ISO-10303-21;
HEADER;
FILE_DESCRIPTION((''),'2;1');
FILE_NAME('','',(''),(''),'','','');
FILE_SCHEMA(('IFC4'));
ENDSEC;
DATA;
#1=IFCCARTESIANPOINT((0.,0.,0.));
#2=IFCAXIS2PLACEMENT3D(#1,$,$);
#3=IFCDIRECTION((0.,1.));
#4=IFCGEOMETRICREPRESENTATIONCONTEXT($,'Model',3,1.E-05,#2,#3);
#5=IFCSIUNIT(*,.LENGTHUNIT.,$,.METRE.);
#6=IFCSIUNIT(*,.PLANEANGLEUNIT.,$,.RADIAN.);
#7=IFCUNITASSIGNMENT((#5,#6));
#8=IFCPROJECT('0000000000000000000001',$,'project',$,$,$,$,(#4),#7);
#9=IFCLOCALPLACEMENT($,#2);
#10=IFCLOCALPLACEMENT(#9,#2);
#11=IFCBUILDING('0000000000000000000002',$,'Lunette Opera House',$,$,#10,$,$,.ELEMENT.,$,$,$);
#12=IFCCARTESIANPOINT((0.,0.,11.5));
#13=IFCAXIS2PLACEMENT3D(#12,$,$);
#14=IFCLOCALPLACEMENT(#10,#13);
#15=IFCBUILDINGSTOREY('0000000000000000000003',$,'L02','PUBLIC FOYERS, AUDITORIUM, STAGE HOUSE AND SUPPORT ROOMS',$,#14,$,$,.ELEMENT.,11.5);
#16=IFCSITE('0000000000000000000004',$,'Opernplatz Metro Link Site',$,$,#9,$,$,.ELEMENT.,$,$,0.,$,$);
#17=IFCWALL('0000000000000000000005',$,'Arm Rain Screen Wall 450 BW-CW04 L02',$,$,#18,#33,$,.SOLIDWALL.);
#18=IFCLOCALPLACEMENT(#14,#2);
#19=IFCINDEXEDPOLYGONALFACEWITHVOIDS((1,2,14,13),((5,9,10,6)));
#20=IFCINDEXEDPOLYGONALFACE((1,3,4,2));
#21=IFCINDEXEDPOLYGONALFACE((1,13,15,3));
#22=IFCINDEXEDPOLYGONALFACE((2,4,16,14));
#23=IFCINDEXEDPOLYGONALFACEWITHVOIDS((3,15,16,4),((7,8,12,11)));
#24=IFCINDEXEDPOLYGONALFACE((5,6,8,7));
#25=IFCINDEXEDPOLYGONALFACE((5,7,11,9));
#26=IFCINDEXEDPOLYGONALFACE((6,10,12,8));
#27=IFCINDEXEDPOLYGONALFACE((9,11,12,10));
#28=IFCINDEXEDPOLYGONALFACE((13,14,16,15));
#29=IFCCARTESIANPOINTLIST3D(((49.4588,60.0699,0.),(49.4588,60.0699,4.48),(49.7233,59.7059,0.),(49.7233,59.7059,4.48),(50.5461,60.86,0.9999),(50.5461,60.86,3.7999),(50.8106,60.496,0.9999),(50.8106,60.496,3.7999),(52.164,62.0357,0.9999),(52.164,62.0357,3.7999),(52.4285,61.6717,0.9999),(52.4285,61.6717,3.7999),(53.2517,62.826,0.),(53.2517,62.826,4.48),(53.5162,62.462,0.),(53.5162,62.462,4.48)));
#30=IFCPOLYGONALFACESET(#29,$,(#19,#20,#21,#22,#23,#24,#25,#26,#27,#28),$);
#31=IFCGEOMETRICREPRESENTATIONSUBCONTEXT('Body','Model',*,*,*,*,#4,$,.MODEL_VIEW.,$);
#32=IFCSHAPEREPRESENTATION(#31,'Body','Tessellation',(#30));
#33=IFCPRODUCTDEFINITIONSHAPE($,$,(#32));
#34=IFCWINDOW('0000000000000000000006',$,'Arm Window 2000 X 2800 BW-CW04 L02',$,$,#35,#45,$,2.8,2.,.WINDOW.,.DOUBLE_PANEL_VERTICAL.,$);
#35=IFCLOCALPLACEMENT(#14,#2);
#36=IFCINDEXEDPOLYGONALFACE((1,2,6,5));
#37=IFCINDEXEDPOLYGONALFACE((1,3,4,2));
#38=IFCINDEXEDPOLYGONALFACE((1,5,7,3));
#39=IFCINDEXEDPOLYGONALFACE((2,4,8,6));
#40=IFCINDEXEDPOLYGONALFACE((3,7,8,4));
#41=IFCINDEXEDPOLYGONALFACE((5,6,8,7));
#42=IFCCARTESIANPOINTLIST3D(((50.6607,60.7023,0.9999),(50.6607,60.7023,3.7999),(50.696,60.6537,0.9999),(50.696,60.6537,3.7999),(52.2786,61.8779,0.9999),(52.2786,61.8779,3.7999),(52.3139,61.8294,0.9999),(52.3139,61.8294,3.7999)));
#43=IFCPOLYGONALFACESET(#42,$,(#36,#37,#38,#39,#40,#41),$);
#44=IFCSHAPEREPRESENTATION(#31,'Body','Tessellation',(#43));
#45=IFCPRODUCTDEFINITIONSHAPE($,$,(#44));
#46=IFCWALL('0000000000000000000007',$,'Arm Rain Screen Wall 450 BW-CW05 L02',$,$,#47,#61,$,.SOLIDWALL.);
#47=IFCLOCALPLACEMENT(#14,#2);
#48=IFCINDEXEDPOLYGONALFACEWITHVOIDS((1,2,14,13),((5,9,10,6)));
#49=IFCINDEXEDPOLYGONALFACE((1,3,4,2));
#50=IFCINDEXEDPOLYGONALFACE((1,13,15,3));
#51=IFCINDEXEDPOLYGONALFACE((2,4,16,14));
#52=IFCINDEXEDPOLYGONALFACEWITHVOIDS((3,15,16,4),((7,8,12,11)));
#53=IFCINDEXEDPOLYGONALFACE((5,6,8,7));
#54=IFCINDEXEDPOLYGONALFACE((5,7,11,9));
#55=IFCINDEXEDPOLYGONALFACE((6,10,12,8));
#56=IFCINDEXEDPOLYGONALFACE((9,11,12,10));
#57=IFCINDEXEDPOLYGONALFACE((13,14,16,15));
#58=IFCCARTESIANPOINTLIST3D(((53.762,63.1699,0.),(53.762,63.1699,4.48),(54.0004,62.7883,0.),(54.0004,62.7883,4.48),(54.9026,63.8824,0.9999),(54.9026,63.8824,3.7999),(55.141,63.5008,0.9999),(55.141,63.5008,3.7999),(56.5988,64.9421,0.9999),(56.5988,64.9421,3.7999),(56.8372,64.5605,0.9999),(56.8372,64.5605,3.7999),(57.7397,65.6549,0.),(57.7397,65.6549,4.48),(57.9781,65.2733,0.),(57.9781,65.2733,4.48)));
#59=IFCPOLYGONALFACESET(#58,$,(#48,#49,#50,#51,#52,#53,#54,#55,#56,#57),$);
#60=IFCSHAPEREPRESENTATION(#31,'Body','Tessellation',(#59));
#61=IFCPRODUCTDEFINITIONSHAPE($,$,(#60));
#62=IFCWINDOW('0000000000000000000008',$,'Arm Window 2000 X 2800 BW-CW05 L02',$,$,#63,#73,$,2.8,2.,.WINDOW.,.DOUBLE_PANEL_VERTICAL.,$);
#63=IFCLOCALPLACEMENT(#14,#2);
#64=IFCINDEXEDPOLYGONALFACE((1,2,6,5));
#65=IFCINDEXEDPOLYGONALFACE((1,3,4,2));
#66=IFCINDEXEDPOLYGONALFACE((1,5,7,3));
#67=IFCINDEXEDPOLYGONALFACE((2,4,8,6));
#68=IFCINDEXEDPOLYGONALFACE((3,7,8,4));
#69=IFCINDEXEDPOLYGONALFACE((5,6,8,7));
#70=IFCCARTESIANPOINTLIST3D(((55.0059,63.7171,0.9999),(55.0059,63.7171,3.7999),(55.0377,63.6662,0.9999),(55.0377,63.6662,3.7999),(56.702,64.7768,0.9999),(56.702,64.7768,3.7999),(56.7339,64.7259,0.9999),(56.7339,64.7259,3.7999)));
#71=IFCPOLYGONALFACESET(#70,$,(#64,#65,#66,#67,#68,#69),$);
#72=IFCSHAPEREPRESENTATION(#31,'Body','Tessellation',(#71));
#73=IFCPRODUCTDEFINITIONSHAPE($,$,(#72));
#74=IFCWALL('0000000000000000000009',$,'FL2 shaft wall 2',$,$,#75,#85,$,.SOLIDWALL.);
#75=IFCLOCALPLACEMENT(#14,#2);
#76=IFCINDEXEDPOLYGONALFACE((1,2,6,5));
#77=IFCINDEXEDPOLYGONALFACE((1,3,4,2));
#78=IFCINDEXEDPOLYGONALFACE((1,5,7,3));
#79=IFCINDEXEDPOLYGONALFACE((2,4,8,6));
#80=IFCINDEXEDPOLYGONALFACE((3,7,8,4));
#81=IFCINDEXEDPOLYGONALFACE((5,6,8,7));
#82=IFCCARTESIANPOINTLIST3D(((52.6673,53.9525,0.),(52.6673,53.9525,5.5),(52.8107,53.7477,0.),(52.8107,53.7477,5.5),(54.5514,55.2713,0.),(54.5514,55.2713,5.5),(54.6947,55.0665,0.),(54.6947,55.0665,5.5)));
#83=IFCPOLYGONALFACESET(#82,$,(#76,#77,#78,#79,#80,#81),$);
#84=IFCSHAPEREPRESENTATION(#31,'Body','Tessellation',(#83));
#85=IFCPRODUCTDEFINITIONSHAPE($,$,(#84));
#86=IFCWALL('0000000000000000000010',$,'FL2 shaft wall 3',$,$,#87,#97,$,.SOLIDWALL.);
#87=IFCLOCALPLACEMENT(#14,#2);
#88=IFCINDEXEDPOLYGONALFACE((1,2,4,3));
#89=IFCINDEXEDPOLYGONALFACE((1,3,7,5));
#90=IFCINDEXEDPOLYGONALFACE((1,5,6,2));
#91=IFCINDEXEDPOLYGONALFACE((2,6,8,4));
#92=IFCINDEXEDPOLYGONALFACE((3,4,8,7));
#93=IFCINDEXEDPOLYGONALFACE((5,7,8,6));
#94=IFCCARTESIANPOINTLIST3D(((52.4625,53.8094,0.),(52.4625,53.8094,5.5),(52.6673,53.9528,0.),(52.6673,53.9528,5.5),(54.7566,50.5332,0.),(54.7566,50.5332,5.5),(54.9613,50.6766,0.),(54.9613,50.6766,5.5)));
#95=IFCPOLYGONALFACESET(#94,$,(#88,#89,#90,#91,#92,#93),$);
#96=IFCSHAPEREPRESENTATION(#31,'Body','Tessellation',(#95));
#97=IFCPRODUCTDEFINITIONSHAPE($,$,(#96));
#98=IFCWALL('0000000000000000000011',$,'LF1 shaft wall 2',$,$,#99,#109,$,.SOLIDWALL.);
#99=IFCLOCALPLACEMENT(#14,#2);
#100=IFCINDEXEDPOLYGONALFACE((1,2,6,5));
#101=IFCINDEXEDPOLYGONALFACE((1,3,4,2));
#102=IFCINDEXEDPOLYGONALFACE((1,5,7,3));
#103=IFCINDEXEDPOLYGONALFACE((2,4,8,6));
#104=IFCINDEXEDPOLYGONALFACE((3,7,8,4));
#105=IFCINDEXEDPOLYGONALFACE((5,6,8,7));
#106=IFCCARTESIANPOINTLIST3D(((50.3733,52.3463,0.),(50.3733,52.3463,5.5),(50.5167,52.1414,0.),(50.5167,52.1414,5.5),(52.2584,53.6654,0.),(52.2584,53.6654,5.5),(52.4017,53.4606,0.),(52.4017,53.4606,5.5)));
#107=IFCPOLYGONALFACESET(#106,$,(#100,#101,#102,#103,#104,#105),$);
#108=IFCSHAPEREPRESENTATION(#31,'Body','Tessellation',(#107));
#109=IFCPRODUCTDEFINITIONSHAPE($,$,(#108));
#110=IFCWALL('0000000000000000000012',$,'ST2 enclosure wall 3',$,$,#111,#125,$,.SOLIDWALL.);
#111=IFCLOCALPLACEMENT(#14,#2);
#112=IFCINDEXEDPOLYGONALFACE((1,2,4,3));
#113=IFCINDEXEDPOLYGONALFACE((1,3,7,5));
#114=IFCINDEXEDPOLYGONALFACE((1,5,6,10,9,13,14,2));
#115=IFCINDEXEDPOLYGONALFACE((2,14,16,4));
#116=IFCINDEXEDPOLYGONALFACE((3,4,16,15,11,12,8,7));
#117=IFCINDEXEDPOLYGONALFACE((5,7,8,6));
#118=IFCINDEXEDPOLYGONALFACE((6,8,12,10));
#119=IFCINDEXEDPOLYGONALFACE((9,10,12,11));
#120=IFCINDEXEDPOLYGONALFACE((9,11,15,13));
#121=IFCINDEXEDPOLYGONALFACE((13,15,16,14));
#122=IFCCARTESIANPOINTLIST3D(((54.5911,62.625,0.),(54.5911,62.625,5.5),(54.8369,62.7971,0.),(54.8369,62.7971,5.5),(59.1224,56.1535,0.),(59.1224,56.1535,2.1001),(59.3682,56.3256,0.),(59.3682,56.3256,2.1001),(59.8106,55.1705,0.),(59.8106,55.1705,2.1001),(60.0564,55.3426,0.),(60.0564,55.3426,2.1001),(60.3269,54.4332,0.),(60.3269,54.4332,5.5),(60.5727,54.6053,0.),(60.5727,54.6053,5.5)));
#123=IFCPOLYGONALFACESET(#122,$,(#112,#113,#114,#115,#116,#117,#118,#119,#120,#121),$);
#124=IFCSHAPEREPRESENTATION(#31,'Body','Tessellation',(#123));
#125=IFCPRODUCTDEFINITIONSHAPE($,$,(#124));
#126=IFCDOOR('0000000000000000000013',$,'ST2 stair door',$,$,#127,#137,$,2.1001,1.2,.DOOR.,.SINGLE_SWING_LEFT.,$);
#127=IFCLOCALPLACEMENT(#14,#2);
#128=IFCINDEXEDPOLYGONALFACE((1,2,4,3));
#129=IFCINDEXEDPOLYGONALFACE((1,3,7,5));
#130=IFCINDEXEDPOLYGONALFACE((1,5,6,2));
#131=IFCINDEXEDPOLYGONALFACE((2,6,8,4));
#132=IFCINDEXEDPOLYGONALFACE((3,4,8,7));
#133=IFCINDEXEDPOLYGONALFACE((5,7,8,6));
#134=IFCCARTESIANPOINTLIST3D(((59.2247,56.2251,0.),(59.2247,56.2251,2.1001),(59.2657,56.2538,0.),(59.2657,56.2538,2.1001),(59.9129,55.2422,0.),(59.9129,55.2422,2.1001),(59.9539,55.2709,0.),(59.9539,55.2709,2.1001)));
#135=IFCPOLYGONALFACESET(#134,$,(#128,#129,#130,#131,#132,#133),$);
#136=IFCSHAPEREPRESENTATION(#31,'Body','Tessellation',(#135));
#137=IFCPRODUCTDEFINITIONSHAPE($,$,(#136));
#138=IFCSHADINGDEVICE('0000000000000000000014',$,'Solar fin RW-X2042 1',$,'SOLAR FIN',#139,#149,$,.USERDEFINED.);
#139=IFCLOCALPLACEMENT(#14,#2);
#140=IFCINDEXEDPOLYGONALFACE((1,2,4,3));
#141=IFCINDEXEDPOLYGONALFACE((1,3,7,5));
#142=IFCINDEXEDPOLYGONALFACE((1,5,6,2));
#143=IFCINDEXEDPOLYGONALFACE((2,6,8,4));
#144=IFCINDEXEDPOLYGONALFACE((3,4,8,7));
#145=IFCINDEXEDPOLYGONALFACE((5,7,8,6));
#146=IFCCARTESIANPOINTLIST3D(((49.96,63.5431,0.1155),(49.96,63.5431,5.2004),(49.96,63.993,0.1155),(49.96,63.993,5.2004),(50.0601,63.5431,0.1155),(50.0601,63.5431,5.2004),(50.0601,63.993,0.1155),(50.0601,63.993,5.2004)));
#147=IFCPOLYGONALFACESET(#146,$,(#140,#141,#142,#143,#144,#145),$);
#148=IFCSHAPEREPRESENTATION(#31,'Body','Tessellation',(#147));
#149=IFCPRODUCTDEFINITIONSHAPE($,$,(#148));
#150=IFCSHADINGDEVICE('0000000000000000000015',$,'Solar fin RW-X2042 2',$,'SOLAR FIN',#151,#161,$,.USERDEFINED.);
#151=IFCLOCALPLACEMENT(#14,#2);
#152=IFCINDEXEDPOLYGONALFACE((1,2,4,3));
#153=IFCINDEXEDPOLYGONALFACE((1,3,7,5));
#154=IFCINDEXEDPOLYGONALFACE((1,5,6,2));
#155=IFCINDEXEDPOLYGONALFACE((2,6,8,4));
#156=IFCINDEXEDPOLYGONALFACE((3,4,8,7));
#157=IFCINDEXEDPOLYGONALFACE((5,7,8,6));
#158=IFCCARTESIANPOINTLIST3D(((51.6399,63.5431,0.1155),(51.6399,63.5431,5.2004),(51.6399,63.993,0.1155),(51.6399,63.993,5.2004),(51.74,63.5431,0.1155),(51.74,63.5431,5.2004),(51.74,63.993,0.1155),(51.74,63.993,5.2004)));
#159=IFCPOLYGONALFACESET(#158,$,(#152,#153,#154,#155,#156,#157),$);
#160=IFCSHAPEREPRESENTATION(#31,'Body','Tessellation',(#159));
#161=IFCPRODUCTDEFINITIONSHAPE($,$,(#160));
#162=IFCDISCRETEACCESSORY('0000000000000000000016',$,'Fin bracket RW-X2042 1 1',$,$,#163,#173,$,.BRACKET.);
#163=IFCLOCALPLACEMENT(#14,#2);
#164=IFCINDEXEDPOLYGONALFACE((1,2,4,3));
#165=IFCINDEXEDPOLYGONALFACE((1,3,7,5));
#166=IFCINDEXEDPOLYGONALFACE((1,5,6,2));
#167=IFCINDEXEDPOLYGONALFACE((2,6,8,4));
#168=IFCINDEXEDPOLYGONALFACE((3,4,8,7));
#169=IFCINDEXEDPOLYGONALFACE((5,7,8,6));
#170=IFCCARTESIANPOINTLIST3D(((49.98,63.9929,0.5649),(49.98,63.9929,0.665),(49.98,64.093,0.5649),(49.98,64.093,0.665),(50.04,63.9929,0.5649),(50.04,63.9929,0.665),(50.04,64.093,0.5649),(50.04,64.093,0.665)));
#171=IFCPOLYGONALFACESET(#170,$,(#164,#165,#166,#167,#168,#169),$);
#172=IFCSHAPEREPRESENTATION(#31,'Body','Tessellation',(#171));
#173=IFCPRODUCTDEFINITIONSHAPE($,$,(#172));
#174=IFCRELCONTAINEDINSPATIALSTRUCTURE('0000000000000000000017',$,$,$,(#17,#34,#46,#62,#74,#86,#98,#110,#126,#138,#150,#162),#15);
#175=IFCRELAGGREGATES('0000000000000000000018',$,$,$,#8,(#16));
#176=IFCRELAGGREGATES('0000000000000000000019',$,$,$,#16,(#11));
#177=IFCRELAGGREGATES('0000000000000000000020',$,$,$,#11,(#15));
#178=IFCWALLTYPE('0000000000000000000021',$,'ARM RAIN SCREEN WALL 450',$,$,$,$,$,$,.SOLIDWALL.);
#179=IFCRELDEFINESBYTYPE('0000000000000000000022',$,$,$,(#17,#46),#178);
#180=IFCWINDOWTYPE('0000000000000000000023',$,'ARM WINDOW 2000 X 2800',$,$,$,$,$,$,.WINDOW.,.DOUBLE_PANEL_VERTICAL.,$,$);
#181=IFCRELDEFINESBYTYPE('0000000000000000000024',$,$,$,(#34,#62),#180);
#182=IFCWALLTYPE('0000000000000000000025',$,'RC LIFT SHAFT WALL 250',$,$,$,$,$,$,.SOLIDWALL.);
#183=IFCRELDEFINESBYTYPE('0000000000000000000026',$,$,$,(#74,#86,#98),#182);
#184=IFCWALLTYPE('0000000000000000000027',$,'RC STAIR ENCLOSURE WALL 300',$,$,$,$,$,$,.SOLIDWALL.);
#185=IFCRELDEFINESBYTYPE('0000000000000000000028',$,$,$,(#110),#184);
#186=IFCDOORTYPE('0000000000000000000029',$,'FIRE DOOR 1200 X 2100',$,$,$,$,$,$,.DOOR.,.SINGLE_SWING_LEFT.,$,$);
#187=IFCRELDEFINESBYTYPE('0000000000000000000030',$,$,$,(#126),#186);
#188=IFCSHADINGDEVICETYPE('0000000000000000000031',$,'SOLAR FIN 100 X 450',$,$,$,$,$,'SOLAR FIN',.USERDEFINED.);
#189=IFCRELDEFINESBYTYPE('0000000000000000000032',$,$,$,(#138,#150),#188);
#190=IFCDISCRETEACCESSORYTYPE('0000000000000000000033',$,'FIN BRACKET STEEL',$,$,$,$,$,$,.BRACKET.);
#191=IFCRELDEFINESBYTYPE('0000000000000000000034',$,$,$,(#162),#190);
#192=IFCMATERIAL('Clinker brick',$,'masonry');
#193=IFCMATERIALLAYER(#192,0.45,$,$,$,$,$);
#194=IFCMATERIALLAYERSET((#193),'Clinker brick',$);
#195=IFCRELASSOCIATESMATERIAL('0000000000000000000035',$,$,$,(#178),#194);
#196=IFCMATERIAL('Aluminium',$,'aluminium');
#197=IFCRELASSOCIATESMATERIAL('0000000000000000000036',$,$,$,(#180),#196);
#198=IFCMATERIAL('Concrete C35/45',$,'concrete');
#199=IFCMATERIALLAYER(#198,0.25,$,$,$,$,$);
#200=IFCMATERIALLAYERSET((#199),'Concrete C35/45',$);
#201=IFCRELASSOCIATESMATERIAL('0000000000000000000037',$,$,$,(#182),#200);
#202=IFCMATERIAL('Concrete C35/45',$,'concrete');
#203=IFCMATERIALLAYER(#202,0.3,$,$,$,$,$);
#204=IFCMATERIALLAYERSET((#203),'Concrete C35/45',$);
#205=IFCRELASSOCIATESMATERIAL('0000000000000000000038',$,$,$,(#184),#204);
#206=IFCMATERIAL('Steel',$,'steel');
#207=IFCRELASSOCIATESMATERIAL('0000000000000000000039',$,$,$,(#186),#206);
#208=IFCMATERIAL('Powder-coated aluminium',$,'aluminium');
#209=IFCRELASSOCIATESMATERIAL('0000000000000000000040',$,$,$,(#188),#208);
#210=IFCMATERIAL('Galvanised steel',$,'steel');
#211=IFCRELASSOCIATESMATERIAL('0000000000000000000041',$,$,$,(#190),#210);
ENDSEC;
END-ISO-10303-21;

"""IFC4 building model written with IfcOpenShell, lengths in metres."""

from ifc_helpers import new_model, si_unit, direction, frame, frame_2d, origin, origin_2d, place, context, subcontext, project, spatial, rectangle, extrude, material, layer, layer_set, type_object, element, fill, save


model = new_model("IFC4")

# Units and contexts
model_context = context("Model", 3, precision=1e-05, world=origin(), true_north=direction((0.0, 1.0)))
body_context = subcontext(model_context, "Body", "Model", "MODEL_VIEW")
ifc_project = project(units=[si_unit("LENGTHUNIT", "METRE"), si_unit("PLANEANGLEUNIT", "RADIAN")], contexts=[model_context])

# Site, building, storey
site_placement = place(None, origin())
site = spatial("IfcSite", under=ifc_project, at=site_placement, Name="Opernplatz Metro Link Site", CompositionType="ELEMENT", RefElevation=0.0)
building_placement = place(site_placement, origin())
building = spatial("IfcBuilding", under=site, at=building_placement, Name="Lunette Opera House", CompositionType="ELEMENT")
storey_placement = place(building_placement, frame((0.0, 0.0, 11.5)))
storey = spatial("IfcBuildingStorey", under=building, at=storey_placement, Name="L02", Description="PUBLIC FOYERS, AUDITORIUM, STAGE HOUSE AND SUPPORT ROOMS", CompositionType="ELEMENT", Elevation=11.5)

# Walls, openings, windows
ifc_material_1 = material(Name="Clinker brick", Category="masonry")
ifc_layer_1 = layer(ifc_material_1, 0.45)
ifc_layer_set_1 = layer_set([ifc_layer_1], Name="Clinker brick")
wall_type_1 = type_object("IfcWallType", Name="ARM RAIN SCREEN WALL 450", PredefinedType="SOLIDWALL", material=ifc_layer_set_1)
ifc_material_2 = material(Name="Aluminium", Category="aluminium")
window_type = type_object("IfcWindowType", Name="ARM WINDOW 2000 X 2800", PartitioningType="DOUBLE_PANEL_VERTICAL", PredefinedType="WINDOW", material=ifc_material_2)
wall_1_placement = place(storey_placement, frame((49.5911, 59.8879, 0.0), z_axis=(0.0, 0.0, 1.0), x_axis=(0.808981, 0.587834, 0.0)))
wall_1 = element("IfcWall", 1, at=wall_1_placement, inside=storey, type_object=wall_type_1, Name="Arm Rain Screen Wall 450 BW-CW04 L02", PredefinedType="SOLIDWALL", context=body_context, shape_type="SweptSolid", body=[
    extrude(rectangle(XDim=4.6885, YDim=0.45, at=frame_2d((2.3442, 0.0))), origin(), (0.0, 0.0, 1.0), 4.48),
])
opening_1_placement = place(wall_1_placement, frame((1.344, 0.0, 1.0)))
opening_1 = element("IfcOpeningElement", 2, at=opening_1_placement, cuts=wall_1, PredefinedType="OPENING", context=body_context, shape_type="SweptSolid", body=[
    extrude(rectangle(XDim=2.0, YDim=2.8, at=frame_2d((1.0, 1.3999))), frame((0.0, 0.2371, 0.0), z_axis=(0.0, -1.0, 0.0), x_axis=(1.0, 0.0, 0.0)), (0.0, 0.0, 1.0), 0.4739),
])
window_1_placement = place(opening_1_placement, origin())
window_1 = element("IfcWindow", 3, at=window_1_placement, inside=storey, type_object=window_type, Name="Arm Window 2000 X 2800 BW-CW04 L02", OverallHeight=2.8, OverallWidth=2.0, PartitioningType="DOUBLE_PANEL_VERTICAL", PredefinedType="WINDOW", context=body_context, shape_type="SweptSolid", body=[
    extrude(rectangle(XDim=2.0, YDim=2.8, at=frame_2d((1.0, 1.3999))), frame((0.0, 0.03, 0.0), z_axis=(0.0, -1.0, 0.0), x_axis=(1.0, 0.0, 0.0)), (0.0, 0.0, 1.0), 0.0601),
])
fill(opening_1, window_1)
wall_2_placement = place(storey_placement, frame((53.8811, 62.979, 0.0), z_axis=(0.0, 0.0, 1.0), x_axis=(0.848095, 0.529845, 0.0)))
wall_2 = element("IfcWall", 4, at=wall_2_placement, inside=storey, type_object=wall_type_1, Name="Arm Rain Screen Wall 450 BW-CW05 L02", PredefinedType="SOLIDWALL", context=body_context, shape_type="SweptSolid", body=[
    extrude(rectangle(XDim=4.6902, YDim=0.45, at=frame_2d((2.3452, 0.0))), origin(), (0.0, 0.0, 1.0), 4.48),
])
opening_2_placement = place(wall_2_placement, frame((1.345, 0.0, 1.0)))
opening_2 = element("IfcOpeningElement", 5, at=opening_2_placement, cuts=wall_2, PredefinedType="OPENING", context=body_context, shape_type="SweptSolid", body=[
    extrude(rectangle(XDim=2.0, YDim=2.8, at=frame_2d((1.0, 1.3999))), frame((0.0, 0.2371, 0.0), z_axis=(0.0, -1.0, 0.0), x_axis=(1.0, 0.0, 0.0)), (0.0, 0.0, 1.0), 0.4739),
])
window_2_placement = place(opening_2_placement, origin())
window_2 = element("IfcWindow", 6, at=window_2_placement, inside=storey, type_object=window_type, Name="Arm Window 2000 X 2800 BW-CW05 L02", OverallHeight=2.8, OverallWidth=2.0, PartitioningType="DOUBLE_PANEL_VERTICAL", PredefinedType="WINDOW", context=body_context, shape_type="SweptSolid", body=[
    extrude(rectangle(XDim=2.0, YDim=2.8, at=frame_2d((1.0, 1.3999))), frame((0.0, 0.03, 0.0), z_axis=(0.0, -1.0, 0.0), x_axis=(1.0, 0.0, 0.0)), (0.0, 0.0, 1.0), 0.0601),
])
fill(opening_2, window_2)

# Walls
ifc_material_3 = material(Name="Concrete C35/45", Category="concrete")
ifc_layer_2 = layer(ifc_material_3, 0.25)
ifc_layer_set_2 = layer_set([ifc_layer_2], Name="Concrete C35/45")
wall_type_2 = type_object("IfcWallType", Name="RC LIFT SHAFT WALL 250", PredefinedType="SOLIDWALL", material=ifc_layer_set_2)
wall_3_placement = place(storey_placement, frame((54.623, 55.1689, 0.0), z_axis=(0.0, 0.0, 1.0), x_axis=(-0.819227, -0.573469, 0.0)))
element("IfcWall", 7, at=wall_3_placement, inside=storey, type_object=wall_type_2, Name="FL2 shaft wall 2", PredefinedType="SOLIDWALL", context=body_context, shape_type="SweptSolid", body=[
    extrude(rectangle(XDim=2.2998, YDim=0.25, at=frame_2d((1.1499, 0.0))), origin(), (0.0, 0.0, 1.0), 5.5),
])
wall_4_placement = place(storey_placement, frame((52.5649, 53.8811, 0.0), z_axis=(0.0, 0.0, 1.0), x_axis=(0.573573, -0.819154, 0.0)))
element("IfcWall", 8, at=wall_4_placement, inside=storey, type_object=wall_type_2, Name="FL2 shaft wall 3", PredefinedType="SOLIDWALL", context=body_context, shape_type="SweptSolid", body=[
    extrude(rectangle(XDim=3.9995, YDim=0.25, at=frame_2d((1.9998, 0.0))), origin(), (0.0, 0.0, 1.0), 5.5),
])
wall_5_placement = place(storey_placement, frame((52.3301, 53.563, 0.0), z_axis=(0.0, 0.0, 1.0), x_axis=(-0.819317, -0.573341, 0.0)))
element("IfcWall", 9, at=wall_5_placement, inside=storey, type_object=wall_type_2, Name="LF1 shaft wall 2", PredefinedType="SOLIDWALL", context=body_context, shape_type="SweptSolid", body=[
    extrude(rectangle(XDim=2.3008, YDim=0.25, at=frame_2d((1.1504, 0.0))), origin(), (0.0, 0.0, 1.0), 5.5),
])

# Wall, opening, door
ifc_material_4 = material(Name="Concrete C35/45", Category="concrete")
ifc_layer_3 = layer(ifc_material_4, 0.3)
ifc_layer_set_3 = layer_set([ifc_layer_3], Name="Concrete C35/45")
wall_type_3 = type_object("IfcWallType", Name="RC STAIR ENCLOSURE WALL 300", PredefinedType="SOLIDWALL", material=ifc_layer_set_3)
wall_6_placement = place(storey_placement, frame((54.7141, 62.7109, 0.0), z_axis=(0.0, 0.0, 1.0), x_axis=(0.573564, -0.819161, 0.0)))
wall_6 = element("IfcWall", 10, at=wall_6_placement, inside=storey, type_object=wall_type_3, Name="ST2 enclosure wall 3", PredefinedType="SOLIDWALL", context=body_context, shape_type="SweptSolid", body=[
    extrude(rectangle(XDim=10.0002, YDim=0.3, at=frame_2d((5.0, 0.0))), origin(), (0.0, 0.0, 1.0), 5.5),
])
opening_3_placement = place(wall_6_placement, frame((7.8999, 0.0, 0.0)))
opening_3 = element("IfcOpeningElement", 11, at=opening_3_placement, cuts=wall_6, PredefinedType="OPENING", context=body_context, shape_type="SweptSolid", body=[
    extrude(rectangle(XDim=1.2, YDim=2.1001, at=frame_2d((0.6001, 1.05))), frame((0.0, 0.1621, 0.0), z_axis=(0.0, -1.0, 0.0), x_axis=(1.0, 0.0, 0.0)), (0.0, 0.0, 1.0), 0.324),
])
ifc_material_5 = material(Name="Steel", Category="steel")
door_type = type_object("IfcDoorType", Name="FIRE DOOR 1200 X 2100", OperationType="SINGLE_SWING_LEFT", PredefinedType="DOOR", material=ifc_material_5)
door_placement = place(opening_3_placement, origin())
door = element("IfcDoor", 12, at=door_placement, inside=storey, type_object=door_type, Name="ST2 stair door", OperationType="SINGLE_SWING_LEFT", OverallHeight=2.1001, OverallWidth=1.2, PredefinedType="DOOR", context=body_context, shape_type="SweptSolid", body=[
    extrude(rectangle(XDim=1.2, YDim=2.1001, at=frame_2d((0.6001, 1.05))), frame((0.0, 0.0249, 0.0), z_axis=(0.0, -1.0, 0.0), x_axis=(1.0, 0.0, 0.0)), (0.0, 0.0, 1.0), 0.05),
])
fill(opening_3, door)

# Shading devices
ifc_material_6 = material(Name="Powder-coated aluminium", Category="aluminium")
shading_device_type = type_object("IfcShadingDeviceType", Name="SOLAR FIN 100 X 450", ElementType="SOLAR FIN", PredefinedType="USERDEFINED", material=ifc_material_6)
for number, where, z_axis, x_axis, name in (
    (13, (50.01, 63.7681, 0.1155), (0.0, 0.0, 1.0), (0.0, -1.0, 0.0), "Solar fin RW-X2042 1"),
    (14, (51.6899, 63.7681, 0.1155), (0.0, 0.0, 1.0), (0.0, -1.0, 0.0), "Solar fin RW-X2042 2"),
):
    element("IfcShadingDevice", number, at=place(storey_placement, frame(where, z_axis=z_axis, x_axis=x_axis)), inside=storey, type_object=shading_device_type, Name=name, ObjectType="SOLAR FIN", PredefinedType="USERDEFINED", context=body_context, shape_type="SweptSolid", body=[
        extrude(rectangle(XDim=0.45, YDim=0.1001, at=origin_2d()), origin(), (0.0, 0.0, 1.0), 5.085),
    ])

# Discrete accessory
ifc_material_7 = material(Name="Galvanised steel", Category="steel")
discrete_accessory_type = type_object("IfcDiscreteAccessoryType", Name="FIN BRACKET STEEL", PredefinedType="BRACKET", material=ifc_material_7)
discrete_accessory_placement = place(storey_placement, frame((50.01, 64.043, 0.5649), z_axis=(0.0, 0.0, 1.0), x_axis=(0.0, -1.0, 0.0)))
element("IfcDiscreteAccessory", 15, at=discrete_accessory_placement, inside=storey, type_object=discrete_accessory_type, Name="Fin bracket RW-X2042 1 1", PredefinedType="BRACKET", context=body_context, shape_type="SweptSolid", body=[
    extrude(rectangle(XDim=0.1001, YDim=0.0601, at=origin_2d()), origin(), (0.0, 0.0, 1.0), 0.1001),
])

save(model, "model.ifc")
